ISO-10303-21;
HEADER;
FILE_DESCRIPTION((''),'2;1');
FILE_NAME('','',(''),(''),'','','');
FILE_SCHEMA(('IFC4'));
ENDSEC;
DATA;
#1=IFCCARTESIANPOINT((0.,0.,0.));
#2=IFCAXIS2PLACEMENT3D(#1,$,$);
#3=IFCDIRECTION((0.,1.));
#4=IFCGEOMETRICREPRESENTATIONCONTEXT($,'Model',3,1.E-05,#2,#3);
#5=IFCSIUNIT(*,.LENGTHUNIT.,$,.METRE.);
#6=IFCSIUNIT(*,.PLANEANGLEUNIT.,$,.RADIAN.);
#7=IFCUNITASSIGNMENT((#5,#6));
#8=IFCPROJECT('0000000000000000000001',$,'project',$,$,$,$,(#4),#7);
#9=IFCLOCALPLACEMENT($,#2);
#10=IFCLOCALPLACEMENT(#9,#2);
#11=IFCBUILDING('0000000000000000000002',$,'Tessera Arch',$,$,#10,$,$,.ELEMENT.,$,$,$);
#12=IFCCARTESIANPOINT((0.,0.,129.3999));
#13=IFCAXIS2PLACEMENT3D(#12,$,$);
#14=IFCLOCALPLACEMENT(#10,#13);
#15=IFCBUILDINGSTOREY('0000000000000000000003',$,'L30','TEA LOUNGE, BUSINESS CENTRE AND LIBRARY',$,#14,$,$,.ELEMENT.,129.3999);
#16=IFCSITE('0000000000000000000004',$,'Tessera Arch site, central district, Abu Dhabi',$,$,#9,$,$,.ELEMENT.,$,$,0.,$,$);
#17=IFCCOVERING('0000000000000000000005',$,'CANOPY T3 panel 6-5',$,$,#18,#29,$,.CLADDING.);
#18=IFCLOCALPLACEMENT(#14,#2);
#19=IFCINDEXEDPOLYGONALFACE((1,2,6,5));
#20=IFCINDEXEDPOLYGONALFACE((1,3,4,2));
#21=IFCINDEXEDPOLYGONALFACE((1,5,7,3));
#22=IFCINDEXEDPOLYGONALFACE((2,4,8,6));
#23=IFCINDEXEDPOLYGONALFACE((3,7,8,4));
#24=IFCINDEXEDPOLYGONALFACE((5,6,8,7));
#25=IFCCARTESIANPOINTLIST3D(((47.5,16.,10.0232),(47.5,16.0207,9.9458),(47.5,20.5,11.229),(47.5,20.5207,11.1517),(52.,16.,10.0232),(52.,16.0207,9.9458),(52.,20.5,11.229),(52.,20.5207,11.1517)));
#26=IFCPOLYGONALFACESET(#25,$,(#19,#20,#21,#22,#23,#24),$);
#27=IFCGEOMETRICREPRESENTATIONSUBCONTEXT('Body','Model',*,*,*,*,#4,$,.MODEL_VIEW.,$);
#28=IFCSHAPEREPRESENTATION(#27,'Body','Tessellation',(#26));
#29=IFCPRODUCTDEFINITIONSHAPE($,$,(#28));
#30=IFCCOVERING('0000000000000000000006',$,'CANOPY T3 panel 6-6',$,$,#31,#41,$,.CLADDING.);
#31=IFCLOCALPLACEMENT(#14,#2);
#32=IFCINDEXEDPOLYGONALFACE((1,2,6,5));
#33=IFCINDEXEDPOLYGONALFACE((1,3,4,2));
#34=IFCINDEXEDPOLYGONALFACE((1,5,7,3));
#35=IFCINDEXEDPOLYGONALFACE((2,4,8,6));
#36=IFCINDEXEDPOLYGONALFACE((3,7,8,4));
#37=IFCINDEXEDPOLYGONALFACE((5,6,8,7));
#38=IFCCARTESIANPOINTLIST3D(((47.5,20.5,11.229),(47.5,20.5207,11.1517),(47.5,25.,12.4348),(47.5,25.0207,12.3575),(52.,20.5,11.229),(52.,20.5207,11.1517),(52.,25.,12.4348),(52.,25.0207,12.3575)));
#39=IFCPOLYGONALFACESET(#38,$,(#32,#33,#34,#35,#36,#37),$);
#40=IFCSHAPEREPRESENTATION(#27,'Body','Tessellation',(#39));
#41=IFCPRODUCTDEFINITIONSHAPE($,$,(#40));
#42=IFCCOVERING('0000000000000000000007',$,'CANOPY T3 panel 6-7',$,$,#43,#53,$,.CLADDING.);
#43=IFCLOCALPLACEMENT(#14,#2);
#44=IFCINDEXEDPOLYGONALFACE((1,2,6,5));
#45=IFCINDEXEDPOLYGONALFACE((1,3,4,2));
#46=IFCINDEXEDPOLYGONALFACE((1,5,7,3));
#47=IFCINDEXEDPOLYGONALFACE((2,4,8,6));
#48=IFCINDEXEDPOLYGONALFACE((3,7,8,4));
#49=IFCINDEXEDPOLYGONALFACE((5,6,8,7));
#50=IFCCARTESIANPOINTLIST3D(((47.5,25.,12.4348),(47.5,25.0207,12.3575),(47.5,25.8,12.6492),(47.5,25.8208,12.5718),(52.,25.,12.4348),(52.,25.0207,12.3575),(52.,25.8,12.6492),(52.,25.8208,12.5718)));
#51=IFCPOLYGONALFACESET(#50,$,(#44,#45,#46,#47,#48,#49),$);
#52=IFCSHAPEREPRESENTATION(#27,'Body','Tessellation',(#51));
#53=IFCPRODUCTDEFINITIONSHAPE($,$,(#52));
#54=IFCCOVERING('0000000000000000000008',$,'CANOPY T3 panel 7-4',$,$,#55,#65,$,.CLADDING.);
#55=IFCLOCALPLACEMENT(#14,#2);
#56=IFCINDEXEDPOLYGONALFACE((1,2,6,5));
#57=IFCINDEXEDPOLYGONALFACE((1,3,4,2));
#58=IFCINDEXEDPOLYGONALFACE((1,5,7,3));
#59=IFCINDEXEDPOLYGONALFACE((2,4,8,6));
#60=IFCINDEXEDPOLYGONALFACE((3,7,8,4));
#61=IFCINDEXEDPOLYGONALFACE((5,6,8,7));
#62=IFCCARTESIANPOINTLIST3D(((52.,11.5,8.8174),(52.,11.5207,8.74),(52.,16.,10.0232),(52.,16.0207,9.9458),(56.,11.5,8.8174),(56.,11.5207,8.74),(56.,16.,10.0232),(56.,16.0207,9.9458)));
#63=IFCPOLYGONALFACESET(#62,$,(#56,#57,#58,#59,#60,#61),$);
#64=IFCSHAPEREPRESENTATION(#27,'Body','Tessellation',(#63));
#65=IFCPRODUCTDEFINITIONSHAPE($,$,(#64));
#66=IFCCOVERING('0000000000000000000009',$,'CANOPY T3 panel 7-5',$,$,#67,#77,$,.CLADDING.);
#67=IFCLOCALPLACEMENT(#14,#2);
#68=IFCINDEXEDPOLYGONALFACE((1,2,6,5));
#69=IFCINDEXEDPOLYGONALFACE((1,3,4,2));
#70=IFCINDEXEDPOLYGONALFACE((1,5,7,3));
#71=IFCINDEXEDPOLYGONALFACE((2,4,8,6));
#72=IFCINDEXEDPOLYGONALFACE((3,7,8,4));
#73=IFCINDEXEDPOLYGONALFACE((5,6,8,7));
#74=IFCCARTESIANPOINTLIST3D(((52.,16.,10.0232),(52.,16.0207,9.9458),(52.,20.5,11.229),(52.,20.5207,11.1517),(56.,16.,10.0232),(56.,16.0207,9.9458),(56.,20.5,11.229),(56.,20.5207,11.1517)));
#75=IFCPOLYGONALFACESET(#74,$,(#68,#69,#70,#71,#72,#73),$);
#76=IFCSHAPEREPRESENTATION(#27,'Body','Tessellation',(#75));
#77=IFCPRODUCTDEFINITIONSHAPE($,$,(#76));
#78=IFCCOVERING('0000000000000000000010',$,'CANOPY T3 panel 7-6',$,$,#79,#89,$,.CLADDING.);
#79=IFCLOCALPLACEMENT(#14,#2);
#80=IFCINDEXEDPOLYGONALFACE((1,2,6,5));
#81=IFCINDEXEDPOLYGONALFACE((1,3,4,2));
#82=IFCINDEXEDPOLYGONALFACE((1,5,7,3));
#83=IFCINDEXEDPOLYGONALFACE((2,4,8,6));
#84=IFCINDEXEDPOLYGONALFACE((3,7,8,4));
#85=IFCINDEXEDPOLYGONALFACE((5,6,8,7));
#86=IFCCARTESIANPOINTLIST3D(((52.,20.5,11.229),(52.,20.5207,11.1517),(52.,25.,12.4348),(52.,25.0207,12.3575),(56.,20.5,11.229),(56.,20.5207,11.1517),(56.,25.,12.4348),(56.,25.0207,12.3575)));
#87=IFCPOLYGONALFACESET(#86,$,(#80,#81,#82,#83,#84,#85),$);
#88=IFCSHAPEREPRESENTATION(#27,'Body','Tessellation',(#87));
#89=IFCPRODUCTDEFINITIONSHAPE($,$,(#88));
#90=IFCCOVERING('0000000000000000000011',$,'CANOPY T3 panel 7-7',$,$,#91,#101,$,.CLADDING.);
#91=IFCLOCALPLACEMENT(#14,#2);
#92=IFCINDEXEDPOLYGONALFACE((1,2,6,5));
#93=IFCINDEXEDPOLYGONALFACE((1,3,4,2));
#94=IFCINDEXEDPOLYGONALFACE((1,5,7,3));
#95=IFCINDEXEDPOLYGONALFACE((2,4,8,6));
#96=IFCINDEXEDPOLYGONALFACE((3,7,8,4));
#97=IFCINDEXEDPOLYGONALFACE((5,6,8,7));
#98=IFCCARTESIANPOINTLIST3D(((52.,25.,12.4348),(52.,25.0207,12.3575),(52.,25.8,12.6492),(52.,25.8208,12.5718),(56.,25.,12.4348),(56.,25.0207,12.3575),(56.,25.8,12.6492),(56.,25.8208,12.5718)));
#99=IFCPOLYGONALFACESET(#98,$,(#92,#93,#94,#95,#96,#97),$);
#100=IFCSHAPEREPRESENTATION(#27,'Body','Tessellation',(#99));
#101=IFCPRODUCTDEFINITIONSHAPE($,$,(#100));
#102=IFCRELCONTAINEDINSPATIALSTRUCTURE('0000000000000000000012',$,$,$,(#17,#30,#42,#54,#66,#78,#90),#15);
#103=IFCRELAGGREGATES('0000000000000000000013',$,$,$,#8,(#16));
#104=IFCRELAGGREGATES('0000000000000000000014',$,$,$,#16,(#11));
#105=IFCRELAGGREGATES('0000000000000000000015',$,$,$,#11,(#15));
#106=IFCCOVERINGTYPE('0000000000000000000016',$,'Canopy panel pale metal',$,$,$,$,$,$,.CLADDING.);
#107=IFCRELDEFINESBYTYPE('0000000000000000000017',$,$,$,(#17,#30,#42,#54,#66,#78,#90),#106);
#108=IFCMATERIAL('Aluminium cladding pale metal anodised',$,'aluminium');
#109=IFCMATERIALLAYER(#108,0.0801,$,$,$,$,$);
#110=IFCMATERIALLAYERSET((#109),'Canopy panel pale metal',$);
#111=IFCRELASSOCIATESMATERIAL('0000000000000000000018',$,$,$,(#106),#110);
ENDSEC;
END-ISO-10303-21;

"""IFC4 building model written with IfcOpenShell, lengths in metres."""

from ifc_helpers import new_model, si_unit, direction, frame, origin, place, context, subcontext, project, spatial, polyline, outline, extrude, material, layer, layer_set, type_object, element, save


model = new_model("IFC4")

# Units and contexts
model_context = context("Model", 3, precision=1e-05, world=origin(), true_north=direction((0.0, 1.0)))
body_context = subcontext(model_context, "Body", "Model", "MODEL_VIEW")
ifc_project = project(units=[si_unit("LENGTHUNIT", "METRE"), si_unit("PLANEANGLEUNIT", "RADIAN")], contexts=[model_context])

# Site, building, storey
site_placement = place(None, origin())
site = spatial("IfcSite", under=ifc_project, at=site_placement, Name="Tessera Arch site, central district, Abu Dhabi", CompositionType="ELEMENT", RefElevation=0.0)
building_placement = place(site_placement, origin())
building = spatial("IfcBuilding", under=site, at=building_placement, Name="Tessera Arch", CompositionType="ELEMENT")
storey_placement = place(building_placement, frame((0.0, 0.0, 129.3999)))
storey = spatial("IfcBuildingStorey", under=building, at=storey_placement, Name="L30", Description="TEA LOUNGE, BUSINESS CENTRE AND LIBRARY", CompositionType="ELEMENT", Elevation=129.3999)

# Coverings
ifc_material_1 = material(Name="Aluminium cladding pale metal anodised", Category="aluminium")
ifc_layer_1 = layer(ifc_material_1, 0.0801)
ifc_layer_set_1 = layer_set([ifc_layer_1], Name="Canopy panel pale metal")
covering_type_1 = type_object("IfcCoveringType", Name="Canopy panel pale metal", PredefinedType="CLADDING", material=ifc_layer_set_1)
for number, where, z_axis, x_axis, name in (
    (1, (52.0, 16.0, 10.0232), (0.0, -0.258827, 0.965924), (0.0, 0.965924, 0.258827), "CANOPY T3 panel 6-5"),
    (2, (52.0, 20.5, 11.229), (0.0, -0.258827, 0.965924), (0.0, 0.965924, 0.258827), "CANOPY T3 panel 6-6"),
):
    element("IfcCovering", number, at=place(storey_placement, frame(where, z_axis=z_axis, x_axis=x_axis)), inside=storey, type_object=covering_type_1, Name=name, PredefinedType="CLADDING", context=body_context, shape_type="SweptSolid", body=[
        extrude(outline(polyline([(0.0, 0.0), (4.6588, 0.0), (4.6588, 4.5), (0.0, 4.5), (0.0, 0.0)])), origin(), (0.0, 0.0, -1.0), 0.0801),
    ])
covering_1_placement = place(storey_placement, frame((47.5, 25.8, 12.6492), z_axis=(0.0, -0.2588, 0.965931), x_axis=(0.0, -0.965931, -0.2588)))
element("IfcCovering", 3, at=covering_1_placement, inside=storey, type_object=covering_type_1, Name="CANOPY T3 panel 6-7", PredefinedType="CLADDING", context=body_context, shape_type="SweptSolid", body=[
    extrude(outline(polyline([(0.0, 0.0), (0.8283, 0.0), (0.8283, 4.5), (0.0, 4.5), (0.0, 0.0)])), origin(), (0.0, 0.0, -1.0), 0.0801),
])
for number, where, z_axis, x_axis, name in (
    (4, (56.0, 16.0, 10.0232), (0.0, -0.258827, 0.965924), (-1.0, 0.0, 0.0), "CANOPY T3 panel 7-4"),
    (5, (56.0, 20.5, 11.229), (0.0, -0.258827, 0.965924), (-1.0, 0.0, 0.0), "CANOPY T3 panel 7-5"),
    (6, (56.0, 25.0, 12.4348), (0.0, -0.258827, 0.965924), (-1.0, 0.0, 0.0), "CANOPY T3 panel 7-6"),
):
    element("IfcCovering", number, at=place(storey_placement, frame(where, z_axis=z_axis, x_axis=x_axis)), inside=storey, type_object=covering_type_1, Name=name, PredefinedType="CLADDING", context=body_context, shape_type="SweptSolid", body=[
        extrude(outline(polyline([(0.0, 0.0), (4.0, 0.0), (4.0, 4.6588), (0.0, 4.6588), (0.0, 0.0)])), origin(), (0.0, 0.0, -1.0), 0.0801),
    ])
covering_2_placement = place(storey_placement, frame((52.0, 25.8, 12.6492), z_axis=(0.0, -0.2588, 0.965931), x_axis=(0.0, -0.965931, -0.2588)))
element("IfcCovering", 7, at=covering_2_placement, inside=storey, type_object=covering_type_1, Name="CANOPY T3 panel 7-7", PredefinedType="CLADDING", context=body_context, shape_type="SweptSolid", body=[
    extrude(outline(polyline([(0.0, 0.0), (0.8283, 0.0), (0.8283, 4.0), (0.0, 4.0), (0.0, 0.0)])), origin(), (0.0, 0.0, -1.0), 0.0801),
])

save(model, "model.ifc")
